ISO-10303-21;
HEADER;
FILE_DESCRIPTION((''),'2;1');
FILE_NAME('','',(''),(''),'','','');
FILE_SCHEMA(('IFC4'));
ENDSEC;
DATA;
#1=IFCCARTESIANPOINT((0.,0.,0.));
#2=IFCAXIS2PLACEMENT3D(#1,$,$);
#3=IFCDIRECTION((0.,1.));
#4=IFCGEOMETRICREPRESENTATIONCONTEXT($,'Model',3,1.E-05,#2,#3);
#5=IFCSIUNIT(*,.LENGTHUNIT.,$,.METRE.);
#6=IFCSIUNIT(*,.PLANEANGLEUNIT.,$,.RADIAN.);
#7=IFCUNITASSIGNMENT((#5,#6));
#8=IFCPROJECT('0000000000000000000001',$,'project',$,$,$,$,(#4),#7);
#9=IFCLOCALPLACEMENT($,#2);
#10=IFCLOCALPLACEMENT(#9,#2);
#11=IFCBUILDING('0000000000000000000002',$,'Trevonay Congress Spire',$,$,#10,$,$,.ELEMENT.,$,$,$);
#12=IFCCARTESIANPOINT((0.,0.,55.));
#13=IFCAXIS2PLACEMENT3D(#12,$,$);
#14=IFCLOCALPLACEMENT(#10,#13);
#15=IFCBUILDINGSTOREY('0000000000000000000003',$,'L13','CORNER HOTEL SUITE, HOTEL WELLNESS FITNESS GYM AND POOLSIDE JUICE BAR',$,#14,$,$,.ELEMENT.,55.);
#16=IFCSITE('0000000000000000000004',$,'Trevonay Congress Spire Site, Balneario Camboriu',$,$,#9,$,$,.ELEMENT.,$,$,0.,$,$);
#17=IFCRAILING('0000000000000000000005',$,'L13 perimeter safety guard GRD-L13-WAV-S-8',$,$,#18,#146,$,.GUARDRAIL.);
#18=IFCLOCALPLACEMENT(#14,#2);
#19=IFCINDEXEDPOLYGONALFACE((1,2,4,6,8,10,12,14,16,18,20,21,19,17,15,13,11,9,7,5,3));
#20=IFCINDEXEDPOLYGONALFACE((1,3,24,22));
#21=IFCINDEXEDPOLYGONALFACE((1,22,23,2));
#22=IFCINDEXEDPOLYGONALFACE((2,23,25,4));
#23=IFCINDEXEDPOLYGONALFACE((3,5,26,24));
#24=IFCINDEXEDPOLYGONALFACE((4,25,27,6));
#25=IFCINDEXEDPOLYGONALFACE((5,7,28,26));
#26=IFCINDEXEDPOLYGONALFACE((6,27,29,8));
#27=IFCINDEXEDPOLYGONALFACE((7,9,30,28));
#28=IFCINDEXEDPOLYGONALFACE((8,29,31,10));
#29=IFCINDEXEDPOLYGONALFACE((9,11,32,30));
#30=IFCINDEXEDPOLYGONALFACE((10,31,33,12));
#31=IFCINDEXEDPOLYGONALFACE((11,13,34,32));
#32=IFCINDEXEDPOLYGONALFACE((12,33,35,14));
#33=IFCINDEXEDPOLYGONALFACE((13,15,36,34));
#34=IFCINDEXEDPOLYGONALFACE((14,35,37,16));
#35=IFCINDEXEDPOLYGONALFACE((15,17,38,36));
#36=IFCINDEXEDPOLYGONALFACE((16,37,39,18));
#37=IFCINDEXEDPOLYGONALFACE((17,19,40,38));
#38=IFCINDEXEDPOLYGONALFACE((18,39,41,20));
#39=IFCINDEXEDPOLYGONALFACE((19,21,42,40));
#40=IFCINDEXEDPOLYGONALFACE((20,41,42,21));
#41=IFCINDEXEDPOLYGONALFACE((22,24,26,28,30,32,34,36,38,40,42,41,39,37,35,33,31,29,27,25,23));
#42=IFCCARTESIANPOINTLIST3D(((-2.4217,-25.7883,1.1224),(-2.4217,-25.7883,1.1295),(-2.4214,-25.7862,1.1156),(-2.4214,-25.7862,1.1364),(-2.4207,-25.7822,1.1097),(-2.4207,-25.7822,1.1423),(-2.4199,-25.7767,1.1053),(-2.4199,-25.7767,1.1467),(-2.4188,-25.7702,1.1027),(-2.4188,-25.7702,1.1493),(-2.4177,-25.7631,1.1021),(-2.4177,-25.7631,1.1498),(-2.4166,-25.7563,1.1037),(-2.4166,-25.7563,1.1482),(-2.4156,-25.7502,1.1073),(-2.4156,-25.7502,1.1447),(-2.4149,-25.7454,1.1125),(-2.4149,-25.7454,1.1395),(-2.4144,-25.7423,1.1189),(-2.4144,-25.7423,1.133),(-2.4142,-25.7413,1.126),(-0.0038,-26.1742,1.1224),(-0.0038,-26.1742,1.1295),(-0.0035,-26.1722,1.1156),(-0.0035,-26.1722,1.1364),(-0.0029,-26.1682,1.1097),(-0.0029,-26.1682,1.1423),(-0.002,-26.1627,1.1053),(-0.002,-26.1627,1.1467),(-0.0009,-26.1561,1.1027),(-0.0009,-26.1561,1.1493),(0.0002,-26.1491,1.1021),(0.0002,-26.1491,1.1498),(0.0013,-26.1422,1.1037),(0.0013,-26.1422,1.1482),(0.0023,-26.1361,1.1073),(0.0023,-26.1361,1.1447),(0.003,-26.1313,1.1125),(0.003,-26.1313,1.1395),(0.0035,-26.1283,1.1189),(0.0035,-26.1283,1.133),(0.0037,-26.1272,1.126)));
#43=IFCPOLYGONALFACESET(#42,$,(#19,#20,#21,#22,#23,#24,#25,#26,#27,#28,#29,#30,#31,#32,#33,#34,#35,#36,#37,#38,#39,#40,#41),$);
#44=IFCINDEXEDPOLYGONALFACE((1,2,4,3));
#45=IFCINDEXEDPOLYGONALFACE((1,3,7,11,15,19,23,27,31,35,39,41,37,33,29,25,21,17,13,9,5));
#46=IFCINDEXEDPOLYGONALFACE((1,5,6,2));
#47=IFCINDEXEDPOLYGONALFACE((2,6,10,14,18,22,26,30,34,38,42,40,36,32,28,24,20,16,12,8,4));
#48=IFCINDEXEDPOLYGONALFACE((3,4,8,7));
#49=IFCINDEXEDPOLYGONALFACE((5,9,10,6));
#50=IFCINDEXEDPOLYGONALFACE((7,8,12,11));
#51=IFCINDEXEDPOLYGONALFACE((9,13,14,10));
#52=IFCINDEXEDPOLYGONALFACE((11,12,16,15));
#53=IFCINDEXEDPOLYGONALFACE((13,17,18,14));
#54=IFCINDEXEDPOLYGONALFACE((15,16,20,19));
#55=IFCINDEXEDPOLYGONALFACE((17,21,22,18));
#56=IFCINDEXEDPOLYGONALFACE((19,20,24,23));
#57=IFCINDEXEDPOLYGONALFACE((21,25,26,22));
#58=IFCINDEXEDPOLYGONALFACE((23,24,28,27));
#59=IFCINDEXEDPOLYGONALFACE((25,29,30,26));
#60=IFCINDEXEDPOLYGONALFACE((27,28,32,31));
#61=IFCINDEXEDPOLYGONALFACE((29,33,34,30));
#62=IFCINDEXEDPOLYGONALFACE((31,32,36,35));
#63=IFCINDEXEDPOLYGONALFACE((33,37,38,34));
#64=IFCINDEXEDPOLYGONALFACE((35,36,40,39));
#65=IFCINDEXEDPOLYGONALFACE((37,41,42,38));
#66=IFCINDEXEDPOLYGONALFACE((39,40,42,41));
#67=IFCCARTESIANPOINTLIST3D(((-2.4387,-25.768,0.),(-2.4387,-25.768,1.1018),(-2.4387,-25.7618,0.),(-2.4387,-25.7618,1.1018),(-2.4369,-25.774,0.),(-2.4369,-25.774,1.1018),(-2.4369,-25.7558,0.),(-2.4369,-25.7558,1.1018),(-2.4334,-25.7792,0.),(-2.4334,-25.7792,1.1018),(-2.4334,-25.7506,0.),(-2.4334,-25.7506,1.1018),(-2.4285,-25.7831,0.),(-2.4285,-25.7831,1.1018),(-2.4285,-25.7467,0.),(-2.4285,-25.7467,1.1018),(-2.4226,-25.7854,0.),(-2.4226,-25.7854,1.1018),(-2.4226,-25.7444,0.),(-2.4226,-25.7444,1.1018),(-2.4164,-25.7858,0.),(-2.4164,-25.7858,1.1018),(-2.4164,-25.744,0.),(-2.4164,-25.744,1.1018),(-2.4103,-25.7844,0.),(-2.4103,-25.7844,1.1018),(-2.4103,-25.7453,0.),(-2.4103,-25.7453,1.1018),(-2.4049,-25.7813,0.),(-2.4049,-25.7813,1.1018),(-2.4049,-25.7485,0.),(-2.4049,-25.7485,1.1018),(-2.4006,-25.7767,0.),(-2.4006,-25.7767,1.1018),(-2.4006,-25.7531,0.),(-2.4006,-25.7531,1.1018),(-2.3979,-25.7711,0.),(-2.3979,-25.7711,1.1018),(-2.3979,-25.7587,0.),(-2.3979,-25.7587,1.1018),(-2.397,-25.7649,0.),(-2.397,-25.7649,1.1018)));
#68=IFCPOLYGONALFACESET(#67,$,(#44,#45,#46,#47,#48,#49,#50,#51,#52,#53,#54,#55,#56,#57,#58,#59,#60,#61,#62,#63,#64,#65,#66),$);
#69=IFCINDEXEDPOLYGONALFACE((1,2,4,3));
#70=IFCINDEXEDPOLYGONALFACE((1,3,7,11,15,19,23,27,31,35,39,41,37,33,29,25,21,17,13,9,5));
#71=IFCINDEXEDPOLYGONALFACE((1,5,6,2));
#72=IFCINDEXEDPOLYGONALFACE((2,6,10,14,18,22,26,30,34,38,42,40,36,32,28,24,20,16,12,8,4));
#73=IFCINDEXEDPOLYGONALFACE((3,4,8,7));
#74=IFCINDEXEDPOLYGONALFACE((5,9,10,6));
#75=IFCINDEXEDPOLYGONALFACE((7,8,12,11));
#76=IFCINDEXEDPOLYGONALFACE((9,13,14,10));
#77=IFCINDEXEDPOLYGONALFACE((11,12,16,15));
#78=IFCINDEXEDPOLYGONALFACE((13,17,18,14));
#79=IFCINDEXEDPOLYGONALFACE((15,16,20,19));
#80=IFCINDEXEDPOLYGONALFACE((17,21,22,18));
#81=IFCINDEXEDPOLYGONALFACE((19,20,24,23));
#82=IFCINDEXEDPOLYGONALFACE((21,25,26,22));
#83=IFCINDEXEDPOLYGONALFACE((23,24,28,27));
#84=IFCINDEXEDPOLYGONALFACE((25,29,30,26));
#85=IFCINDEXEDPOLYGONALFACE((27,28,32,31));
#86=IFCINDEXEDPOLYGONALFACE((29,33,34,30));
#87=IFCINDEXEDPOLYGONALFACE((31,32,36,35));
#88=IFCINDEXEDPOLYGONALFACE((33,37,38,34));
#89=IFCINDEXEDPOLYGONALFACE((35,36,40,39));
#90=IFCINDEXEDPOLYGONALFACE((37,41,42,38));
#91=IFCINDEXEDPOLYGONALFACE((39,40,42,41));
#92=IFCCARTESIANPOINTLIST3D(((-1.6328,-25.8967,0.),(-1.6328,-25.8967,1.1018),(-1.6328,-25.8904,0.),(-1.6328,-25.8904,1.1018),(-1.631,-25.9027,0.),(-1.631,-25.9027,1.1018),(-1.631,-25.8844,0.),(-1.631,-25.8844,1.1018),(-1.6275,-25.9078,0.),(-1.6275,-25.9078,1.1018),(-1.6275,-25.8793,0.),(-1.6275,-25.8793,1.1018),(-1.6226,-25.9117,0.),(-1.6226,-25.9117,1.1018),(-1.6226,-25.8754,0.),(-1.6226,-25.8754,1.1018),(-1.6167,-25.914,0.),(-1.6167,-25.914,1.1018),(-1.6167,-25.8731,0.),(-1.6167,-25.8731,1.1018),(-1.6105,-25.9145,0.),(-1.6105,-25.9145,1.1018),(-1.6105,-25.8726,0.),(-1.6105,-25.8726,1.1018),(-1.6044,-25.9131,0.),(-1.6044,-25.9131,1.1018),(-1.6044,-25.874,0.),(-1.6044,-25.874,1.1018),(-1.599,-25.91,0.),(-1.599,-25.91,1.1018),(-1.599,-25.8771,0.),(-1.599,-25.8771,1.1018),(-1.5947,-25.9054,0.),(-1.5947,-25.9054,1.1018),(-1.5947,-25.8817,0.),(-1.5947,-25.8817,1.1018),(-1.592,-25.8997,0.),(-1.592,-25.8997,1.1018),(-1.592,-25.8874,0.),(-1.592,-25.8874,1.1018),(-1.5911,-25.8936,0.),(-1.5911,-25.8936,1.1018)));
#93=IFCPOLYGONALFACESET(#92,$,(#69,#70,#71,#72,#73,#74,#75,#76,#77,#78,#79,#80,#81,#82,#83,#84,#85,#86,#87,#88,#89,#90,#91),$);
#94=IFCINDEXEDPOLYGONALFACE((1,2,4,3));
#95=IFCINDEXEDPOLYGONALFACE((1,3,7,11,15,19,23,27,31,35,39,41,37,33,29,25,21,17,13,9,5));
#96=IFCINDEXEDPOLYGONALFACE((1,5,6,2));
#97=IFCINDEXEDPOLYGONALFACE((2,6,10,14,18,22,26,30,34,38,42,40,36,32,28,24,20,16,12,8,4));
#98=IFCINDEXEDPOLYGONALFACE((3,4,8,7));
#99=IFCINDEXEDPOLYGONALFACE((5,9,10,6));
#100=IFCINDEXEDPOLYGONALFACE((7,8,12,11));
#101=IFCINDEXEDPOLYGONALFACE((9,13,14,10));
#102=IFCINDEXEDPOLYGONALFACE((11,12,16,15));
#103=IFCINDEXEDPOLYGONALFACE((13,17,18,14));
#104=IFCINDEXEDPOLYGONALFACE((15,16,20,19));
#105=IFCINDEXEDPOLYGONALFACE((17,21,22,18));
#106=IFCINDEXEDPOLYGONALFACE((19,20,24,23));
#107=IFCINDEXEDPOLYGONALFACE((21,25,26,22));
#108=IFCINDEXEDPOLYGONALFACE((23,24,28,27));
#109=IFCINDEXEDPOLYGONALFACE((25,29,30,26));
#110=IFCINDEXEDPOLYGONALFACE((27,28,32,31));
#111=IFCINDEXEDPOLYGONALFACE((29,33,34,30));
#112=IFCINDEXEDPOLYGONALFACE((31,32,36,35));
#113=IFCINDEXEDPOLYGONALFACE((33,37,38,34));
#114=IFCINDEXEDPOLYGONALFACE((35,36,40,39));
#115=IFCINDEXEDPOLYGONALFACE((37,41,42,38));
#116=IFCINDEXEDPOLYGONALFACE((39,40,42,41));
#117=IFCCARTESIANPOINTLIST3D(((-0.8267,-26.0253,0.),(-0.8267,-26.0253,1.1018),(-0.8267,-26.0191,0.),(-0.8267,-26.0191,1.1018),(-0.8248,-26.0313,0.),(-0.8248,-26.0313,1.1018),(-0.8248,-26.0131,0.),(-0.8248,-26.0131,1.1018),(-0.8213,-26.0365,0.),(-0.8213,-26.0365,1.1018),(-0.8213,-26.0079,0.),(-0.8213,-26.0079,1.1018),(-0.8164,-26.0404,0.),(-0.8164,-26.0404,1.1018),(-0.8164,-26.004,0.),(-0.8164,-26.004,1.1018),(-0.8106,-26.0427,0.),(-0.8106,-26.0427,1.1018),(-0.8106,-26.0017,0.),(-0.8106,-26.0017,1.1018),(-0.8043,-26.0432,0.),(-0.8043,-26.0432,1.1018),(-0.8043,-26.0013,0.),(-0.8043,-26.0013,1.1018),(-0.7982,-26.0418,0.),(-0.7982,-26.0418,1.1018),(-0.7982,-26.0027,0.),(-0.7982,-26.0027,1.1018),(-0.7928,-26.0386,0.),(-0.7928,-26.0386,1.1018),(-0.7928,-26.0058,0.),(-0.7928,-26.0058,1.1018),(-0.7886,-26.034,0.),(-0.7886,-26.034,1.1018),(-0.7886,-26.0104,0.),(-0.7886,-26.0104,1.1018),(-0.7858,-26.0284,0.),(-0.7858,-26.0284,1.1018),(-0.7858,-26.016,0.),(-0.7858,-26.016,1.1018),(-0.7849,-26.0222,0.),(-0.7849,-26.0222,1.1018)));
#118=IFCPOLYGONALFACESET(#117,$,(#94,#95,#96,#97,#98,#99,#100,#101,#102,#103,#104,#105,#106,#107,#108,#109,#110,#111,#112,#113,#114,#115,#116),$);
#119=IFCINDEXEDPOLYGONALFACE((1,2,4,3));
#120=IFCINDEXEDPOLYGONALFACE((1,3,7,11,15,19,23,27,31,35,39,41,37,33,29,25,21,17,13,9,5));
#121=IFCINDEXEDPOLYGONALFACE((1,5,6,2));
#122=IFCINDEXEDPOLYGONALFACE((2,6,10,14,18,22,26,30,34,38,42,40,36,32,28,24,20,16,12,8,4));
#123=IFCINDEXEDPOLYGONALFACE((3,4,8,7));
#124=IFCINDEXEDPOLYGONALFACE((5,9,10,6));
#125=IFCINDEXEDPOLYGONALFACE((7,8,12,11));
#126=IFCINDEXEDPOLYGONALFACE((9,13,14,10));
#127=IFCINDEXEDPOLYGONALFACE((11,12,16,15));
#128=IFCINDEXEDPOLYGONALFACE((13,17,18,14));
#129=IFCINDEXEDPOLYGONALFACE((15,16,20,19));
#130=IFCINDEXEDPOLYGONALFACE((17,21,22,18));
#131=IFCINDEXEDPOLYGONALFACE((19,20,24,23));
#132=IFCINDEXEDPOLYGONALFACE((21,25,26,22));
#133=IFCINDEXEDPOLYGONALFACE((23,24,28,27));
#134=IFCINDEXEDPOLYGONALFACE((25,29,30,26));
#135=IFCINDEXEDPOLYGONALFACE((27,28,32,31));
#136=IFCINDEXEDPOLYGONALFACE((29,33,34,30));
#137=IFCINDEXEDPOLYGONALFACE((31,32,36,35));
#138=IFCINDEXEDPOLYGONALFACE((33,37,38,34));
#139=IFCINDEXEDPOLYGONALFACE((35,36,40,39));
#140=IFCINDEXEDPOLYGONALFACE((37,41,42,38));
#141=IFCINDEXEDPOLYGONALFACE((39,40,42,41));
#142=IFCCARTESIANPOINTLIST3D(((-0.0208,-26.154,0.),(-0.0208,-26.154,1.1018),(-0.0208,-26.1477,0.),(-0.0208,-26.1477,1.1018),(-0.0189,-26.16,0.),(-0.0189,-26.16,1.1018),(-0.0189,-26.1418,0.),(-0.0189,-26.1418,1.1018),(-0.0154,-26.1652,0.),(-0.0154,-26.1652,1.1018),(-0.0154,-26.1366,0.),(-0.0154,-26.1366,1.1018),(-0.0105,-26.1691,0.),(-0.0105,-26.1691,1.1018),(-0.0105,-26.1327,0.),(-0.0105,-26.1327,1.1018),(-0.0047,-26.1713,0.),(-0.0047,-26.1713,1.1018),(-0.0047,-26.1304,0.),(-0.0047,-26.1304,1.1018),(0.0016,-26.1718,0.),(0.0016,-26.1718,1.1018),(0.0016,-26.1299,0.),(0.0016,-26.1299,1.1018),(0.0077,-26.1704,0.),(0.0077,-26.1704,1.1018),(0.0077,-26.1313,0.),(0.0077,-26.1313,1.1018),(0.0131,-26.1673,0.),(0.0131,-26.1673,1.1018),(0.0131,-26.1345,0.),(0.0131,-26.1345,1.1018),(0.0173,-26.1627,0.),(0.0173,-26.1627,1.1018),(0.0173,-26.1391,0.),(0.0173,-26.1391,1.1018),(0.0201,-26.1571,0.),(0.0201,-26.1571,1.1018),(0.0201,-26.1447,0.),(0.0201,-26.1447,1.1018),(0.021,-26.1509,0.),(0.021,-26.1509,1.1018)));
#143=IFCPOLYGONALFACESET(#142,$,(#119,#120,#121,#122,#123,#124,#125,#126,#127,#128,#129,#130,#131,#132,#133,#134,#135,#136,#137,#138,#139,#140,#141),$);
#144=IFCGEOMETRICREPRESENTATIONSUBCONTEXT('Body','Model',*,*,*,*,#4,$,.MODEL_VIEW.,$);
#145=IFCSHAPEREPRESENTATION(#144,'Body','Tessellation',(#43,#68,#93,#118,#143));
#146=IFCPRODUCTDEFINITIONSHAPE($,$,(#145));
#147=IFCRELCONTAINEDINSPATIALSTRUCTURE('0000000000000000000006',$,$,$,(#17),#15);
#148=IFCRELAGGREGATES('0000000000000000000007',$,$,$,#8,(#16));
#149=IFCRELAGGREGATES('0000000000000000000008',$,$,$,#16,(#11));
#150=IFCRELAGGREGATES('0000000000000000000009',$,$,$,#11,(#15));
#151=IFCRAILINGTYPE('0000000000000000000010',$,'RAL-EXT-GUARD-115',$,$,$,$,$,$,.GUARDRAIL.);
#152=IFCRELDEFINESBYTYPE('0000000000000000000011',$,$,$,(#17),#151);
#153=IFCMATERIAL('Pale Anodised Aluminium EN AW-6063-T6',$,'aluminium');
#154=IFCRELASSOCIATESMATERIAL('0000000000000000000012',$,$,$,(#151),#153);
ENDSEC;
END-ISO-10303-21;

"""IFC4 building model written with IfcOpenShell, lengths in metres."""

from ifc_helpers import new_model, si_unit, direction, frame, origin, origin_2d, place, context, subcontext, project, spatial, circle, extrude, material, type_object, element, save


model = new_model("IFC4")

# Units and contexts
model_context = context("Model", 3, precision=1e-05, world=origin(), true_north=direction((0.0, 1.0)))
body_context = subcontext(model_context, "Body", "Model", "MODEL_VIEW")
ifc_project = project(units=[si_unit("LENGTHUNIT", "METRE"), si_unit("PLANEANGLEUNIT", "RADIAN")], contexts=[model_context])

# Site, building, storey
site_placement = place(None, origin())
site = spatial("IfcSite", under=ifc_project, at=site_placement, Name="Trevonay Congress Spire Site, Balneario Camboriu", CompositionType="ELEMENT", RefElevation=0.0)
building_placement = place(site_placement, origin())
building = spatial("IfcBuilding", under=site, at=building_placement, Name="Trevonay Congress Spire", CompositionType="ELEMENT")
storey_placement = place(building_placement, frame((0.0, 0.0, 55.0)))
storey = spatial("IfcBuildingStorey", under=building, at=storey_placement, Name="L13", Description="CORNER HOTEL SUITE, HOTEL WELLNESS FITNESS GYM AND POOLSIDE JUICE BAR", CompositionType="ELEMENT", Elevation=55.0)

# Shared definitions
ifc_material_1 = material(Name="Pale Anodised Aluminium EN AW-6063-T6", Category="aluminium")

# Railing
railing_type = type_object("IfcRailingType", Name="RAL-EXT-GUARD-115", PredefinedType="GUARDRAIL", material=ifc_material_1)
railing_1_placement = place(storey_placement, frame((-2.418, -25.7649, 0.0)))
element("IfcRailing", 1, at=railing_1_placement, inside=storey, type_object=railing_type, Name="L13 perimeter safety guard GRD-L13-WAV-S-8", PredefinedType="GUARDRAIL", context=body_context, shape_type="SweptSolid", body=[
    extrude(circle(Radius=0.0239, at=origin_2d()), frame((0.0, 0.0, 1.126), z_axis=(0.987497, -0.157637, 0.0), x_axis=(0.157637, 0.987497, 0.0)), (0.0, 0.0, 1.0), 2.4485),
    extrude(circle(Radius=0.021, at=origin_2d()), origin(), (0.0, 0.0, 1.0), 1.1018),
    extrude(circle(Radius=0.021, at=origin_2d()), frame((0.8059, -0.1287, 0.0)), (0.0, 0.0, 1.0), 1.1018),
    extrude(circle(Radius=0.021, at=origin_2d()), frame((1.6121, -0.2573, 0.0)), (0.0, 0.0, 1.0), 1.1018),
    extrude(circle(Radius=0.021, at=origin_2d()), frame((2.418, -0.386, 0.0)), (0.0, 0.0, 1.0), 1.1018),
])

save(model, "model.ifc")
